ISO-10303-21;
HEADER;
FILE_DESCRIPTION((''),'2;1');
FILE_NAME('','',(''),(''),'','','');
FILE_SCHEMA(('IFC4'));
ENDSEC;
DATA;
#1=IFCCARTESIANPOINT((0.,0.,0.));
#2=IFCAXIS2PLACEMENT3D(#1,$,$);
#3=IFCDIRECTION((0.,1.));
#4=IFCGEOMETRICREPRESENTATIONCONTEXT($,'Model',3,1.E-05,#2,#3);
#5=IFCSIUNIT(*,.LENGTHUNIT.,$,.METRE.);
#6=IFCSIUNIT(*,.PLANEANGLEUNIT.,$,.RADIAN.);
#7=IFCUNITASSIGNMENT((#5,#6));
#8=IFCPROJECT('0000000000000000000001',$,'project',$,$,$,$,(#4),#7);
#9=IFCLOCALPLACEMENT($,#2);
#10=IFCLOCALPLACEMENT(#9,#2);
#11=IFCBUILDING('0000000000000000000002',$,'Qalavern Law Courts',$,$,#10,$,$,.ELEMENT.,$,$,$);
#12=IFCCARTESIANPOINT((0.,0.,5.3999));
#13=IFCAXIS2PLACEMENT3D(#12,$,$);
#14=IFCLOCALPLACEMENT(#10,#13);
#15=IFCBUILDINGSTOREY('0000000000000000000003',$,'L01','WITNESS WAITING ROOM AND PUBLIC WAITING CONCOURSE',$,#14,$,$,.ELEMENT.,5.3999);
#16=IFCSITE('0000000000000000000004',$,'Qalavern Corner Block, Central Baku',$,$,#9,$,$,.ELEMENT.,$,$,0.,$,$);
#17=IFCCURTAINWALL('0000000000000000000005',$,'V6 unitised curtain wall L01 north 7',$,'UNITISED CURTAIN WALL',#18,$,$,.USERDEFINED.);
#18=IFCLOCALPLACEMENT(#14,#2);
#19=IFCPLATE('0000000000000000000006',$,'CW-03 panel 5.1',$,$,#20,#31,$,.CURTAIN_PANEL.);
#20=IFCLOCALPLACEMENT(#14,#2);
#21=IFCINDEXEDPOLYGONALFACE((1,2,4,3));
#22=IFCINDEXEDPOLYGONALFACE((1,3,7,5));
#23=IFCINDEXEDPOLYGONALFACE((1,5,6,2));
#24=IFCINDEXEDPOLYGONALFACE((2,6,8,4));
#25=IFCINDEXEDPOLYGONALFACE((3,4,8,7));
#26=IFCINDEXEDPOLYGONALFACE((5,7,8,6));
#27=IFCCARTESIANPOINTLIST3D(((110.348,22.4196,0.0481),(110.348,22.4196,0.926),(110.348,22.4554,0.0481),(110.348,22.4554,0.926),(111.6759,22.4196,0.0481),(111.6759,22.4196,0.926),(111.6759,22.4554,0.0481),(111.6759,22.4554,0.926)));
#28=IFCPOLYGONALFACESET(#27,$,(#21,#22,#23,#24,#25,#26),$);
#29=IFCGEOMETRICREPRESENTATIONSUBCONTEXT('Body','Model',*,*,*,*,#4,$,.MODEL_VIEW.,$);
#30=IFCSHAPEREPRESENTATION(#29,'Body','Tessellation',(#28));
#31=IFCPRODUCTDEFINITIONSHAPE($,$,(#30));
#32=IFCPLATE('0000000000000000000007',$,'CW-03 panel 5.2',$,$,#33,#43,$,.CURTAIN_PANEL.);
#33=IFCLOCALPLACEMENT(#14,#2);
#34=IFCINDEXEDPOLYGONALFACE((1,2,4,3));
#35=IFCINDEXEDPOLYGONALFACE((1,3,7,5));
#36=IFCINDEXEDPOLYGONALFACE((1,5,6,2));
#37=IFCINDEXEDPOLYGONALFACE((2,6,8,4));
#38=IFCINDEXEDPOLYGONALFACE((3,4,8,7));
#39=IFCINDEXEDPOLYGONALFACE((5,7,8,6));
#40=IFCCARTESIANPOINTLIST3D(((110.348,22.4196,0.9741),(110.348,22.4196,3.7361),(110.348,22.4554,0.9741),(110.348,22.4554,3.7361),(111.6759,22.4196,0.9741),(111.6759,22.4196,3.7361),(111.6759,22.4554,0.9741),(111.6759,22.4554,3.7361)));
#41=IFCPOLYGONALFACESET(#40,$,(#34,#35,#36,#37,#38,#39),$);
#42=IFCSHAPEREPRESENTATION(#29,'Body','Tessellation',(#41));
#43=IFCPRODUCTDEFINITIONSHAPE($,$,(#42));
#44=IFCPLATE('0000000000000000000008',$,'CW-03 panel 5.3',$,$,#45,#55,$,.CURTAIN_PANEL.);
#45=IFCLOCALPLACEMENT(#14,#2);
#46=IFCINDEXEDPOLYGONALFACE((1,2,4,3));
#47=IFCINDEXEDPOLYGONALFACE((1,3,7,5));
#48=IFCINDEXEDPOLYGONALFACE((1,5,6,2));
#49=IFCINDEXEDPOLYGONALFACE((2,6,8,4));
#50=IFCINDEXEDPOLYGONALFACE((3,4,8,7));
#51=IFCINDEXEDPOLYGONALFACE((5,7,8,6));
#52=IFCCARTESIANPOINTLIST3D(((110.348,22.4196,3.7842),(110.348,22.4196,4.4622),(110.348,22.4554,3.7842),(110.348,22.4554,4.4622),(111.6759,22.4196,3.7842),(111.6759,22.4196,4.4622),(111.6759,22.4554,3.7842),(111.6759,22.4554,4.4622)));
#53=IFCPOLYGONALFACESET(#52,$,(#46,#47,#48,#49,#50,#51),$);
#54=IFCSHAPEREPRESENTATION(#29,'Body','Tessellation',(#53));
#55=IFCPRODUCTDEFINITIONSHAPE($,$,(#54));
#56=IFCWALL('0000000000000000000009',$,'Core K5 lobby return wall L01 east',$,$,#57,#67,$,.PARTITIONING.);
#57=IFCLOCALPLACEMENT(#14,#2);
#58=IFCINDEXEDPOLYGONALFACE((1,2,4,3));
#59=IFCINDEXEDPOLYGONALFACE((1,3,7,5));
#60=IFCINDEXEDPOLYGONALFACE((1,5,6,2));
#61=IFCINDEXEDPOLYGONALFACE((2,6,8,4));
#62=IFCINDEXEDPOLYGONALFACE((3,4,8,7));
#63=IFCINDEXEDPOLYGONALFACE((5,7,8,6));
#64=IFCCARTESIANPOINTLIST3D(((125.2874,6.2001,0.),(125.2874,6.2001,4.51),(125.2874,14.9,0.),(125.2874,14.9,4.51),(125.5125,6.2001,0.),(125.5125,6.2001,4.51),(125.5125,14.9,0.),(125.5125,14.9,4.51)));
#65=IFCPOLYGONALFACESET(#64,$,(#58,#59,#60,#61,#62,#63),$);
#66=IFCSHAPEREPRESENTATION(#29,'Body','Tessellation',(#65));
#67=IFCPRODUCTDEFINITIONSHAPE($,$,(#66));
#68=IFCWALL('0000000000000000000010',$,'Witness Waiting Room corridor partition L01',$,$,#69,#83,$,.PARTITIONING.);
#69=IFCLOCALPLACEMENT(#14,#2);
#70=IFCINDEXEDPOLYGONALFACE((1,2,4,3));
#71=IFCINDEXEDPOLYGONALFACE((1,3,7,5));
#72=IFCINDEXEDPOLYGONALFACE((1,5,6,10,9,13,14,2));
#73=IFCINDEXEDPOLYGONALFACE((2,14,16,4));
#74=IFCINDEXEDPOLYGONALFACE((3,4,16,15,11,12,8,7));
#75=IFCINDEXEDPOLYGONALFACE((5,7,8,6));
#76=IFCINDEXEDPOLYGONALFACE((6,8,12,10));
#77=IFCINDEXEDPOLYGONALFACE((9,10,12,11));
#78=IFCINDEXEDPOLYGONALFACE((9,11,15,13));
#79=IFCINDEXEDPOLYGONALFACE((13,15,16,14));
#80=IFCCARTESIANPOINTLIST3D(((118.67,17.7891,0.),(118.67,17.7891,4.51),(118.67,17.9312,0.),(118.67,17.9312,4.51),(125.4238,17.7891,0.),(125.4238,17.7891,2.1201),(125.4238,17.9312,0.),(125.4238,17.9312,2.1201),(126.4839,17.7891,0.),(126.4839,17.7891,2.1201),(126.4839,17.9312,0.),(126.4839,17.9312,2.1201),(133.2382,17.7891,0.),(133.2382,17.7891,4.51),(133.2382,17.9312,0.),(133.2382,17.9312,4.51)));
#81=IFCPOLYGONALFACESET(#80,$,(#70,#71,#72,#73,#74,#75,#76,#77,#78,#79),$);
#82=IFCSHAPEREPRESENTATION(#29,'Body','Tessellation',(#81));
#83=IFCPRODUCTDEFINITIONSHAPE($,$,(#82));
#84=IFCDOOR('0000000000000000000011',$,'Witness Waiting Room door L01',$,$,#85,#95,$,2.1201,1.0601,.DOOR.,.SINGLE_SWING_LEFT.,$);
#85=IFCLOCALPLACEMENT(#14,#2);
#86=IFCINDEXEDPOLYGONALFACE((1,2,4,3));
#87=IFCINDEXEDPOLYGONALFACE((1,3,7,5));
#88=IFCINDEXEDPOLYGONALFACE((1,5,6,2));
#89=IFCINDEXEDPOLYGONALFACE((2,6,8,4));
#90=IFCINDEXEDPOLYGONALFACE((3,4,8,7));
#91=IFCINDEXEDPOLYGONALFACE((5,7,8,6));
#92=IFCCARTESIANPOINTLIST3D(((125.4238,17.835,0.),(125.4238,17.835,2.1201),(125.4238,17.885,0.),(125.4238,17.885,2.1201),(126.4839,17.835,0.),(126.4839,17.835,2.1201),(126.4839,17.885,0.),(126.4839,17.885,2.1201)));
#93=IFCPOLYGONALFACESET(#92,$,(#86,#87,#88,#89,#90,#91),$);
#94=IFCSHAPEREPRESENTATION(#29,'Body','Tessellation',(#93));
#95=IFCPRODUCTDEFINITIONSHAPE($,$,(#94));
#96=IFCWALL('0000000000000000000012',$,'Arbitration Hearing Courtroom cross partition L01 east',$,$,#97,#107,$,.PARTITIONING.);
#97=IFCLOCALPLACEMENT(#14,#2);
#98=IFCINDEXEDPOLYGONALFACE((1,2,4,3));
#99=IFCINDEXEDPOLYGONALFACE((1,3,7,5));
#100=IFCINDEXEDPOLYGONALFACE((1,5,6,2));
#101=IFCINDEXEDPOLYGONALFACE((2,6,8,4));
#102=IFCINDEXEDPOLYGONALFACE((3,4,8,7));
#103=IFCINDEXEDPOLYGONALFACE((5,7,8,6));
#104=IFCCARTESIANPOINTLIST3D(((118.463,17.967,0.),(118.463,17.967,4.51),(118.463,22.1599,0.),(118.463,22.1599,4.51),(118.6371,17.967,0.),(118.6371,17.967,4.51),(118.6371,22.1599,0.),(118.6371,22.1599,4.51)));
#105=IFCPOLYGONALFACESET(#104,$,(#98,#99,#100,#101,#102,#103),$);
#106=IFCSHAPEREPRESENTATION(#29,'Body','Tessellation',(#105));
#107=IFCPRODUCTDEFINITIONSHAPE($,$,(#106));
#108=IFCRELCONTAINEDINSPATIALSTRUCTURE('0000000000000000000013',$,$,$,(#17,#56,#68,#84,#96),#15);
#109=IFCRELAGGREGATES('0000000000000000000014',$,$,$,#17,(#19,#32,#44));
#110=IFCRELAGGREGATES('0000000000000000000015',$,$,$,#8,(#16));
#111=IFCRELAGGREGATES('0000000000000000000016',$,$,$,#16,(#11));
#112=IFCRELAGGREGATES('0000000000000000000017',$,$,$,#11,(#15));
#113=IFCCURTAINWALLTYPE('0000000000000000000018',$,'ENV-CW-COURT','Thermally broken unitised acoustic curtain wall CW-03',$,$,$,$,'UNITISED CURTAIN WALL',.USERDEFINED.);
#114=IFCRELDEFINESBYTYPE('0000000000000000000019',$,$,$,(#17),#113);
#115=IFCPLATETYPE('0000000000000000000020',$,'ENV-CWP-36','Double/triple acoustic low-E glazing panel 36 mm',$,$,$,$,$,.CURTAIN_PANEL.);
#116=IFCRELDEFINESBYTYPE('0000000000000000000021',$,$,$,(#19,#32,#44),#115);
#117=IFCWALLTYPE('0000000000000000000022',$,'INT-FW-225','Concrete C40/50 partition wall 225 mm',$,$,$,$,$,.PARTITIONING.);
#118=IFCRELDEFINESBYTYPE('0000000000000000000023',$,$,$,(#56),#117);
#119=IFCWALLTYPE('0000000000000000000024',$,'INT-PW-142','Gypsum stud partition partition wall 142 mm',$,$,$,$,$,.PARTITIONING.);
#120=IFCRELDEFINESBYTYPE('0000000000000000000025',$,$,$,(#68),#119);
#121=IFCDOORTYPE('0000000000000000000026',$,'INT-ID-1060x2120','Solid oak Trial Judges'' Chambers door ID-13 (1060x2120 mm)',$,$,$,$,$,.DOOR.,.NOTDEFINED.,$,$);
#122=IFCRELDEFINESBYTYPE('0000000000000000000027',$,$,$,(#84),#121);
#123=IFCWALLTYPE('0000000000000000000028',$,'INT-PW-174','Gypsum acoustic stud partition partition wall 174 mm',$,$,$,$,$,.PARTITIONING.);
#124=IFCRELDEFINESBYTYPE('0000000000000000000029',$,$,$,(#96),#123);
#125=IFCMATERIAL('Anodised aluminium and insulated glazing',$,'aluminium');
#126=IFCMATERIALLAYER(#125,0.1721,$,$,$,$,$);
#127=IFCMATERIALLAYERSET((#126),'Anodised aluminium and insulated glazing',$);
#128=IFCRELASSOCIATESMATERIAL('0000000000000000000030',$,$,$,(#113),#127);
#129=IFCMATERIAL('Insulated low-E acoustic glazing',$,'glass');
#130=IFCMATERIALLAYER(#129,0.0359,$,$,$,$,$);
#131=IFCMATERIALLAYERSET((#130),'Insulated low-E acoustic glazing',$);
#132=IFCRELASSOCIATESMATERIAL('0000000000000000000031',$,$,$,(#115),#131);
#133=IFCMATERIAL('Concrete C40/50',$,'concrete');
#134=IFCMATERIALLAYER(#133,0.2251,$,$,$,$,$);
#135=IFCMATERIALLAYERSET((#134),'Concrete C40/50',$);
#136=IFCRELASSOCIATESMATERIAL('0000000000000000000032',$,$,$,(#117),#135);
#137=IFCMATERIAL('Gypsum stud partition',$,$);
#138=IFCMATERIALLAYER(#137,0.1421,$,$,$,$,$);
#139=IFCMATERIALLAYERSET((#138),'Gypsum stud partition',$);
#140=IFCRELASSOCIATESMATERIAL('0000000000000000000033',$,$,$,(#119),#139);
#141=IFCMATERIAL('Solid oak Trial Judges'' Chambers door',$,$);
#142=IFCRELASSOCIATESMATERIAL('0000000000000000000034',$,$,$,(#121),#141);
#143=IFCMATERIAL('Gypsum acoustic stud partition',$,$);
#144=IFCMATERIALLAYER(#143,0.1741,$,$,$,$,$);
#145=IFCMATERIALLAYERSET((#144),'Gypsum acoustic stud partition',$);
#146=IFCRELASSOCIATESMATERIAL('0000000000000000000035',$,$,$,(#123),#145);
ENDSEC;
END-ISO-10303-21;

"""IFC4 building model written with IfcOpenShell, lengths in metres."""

from ifc_helpers import new_model, si_unit, direction, frame, frame_2d, origin, origin_2d, place, context, subcontext, project, spatial, rectangle, extrude, material, layer, layer_set, type_object, element, fill, aggregate, save


model = new_model("IFC4")

# Units and contexts
model_context = context("Model", 3, precision=1e-05, world=origin(), true_north=direction((0.0, 1.0)))
body_context = subcontext(model_context, "Body", "Model", "MODEL_VIEW")
ifc_project = project(units=[si_unit("LENGTHUNIT", "METRE"), si_unit("PLANEANGLEUNIT", "RADIAN")], contexts=[model_context])

# Site, building, storey
site_placement = place(None, origin())
site = spatial("IfcSite", under=ifc_project, at=site_placement, Name="Qalavern Corner Block, Central Baku", CompositionType="ELEMENT", RefElevation=0.0)
building_placement = place(site_placement, origin())
building = spatial("IfcBuilding", under=site, at=building_placement, Name="Qalavern Law Courts", CompositionType="ELEMENT")
storey_placement = place(building_placement, frame((0.0, 0.0, 5.3999)))
storey = spatial("IfcBuildingStorey", under=building, at=storey_placement, Name="L01", Description="WITNESS WAITING ROOM AND PUBLIC WAITING CONCOURSE", CompositionType="ELEMENT", Elevation=5.3999)

# Curtain wall
ifc_material_1 = material(Name="Anodised aluminium and insulated glazing", Category="aluminium")
ifc_layer_1 = layer(ifc_material_1, 0.1721)
ifc_layer_set_1 = layer_set([ifc_layer_1], Name="Anodised aluminium and insulated glazing")
curtain_wall_type = type_object("IfcCurtainWallType", Name="ENV-CW-COURT", Description="Thermally broken unitised acoustic curtain wall CW-03", ElementType="UNITISED CURTAIN WALL", PredefinedType="USERDEFINED", material=ifc_layer_set_1)
curtain_wall_placement = place(storey_placement, origin())
curtain_wall = element("IfcCurtainWall", 1, at=curtain_wall_placement, inside=storey, type_object=curtain_wall_type, Name="V6 unitised curtain wall L01 north 7", ObjectType="UNITISED CURTAIN WALL", PredefinedType="USERDEFINED")

# Shared definitions
ifc_material_2 = material(Name="Concrete C40/50", Category="concrete")

# Plates
ifc_material_3 = material(Name="Insulated low-E acoustic glazing", Category="glass")
ifc_layer_2 = layer(ifc_material_3, 0.0359)
ifc_layer_set_2 = layer_set([ifc_layer_2], Name="Insulated low-E acoustic glazing")
plate_type = type_object("IfcPlateType", Name="ENV-CWP-36", Description="Double/triple acoustic low-E glazing panel 36 mm", PredefinedType="CURTAIN_PANEL", material=ifc_layer_set_2)
plate_1_placement = place(storey_placement, frame((111.012, 22.4375, 0.0481), z_axis=(0.0, 0.0, 1.0), x_axis=(-1.0, 0.0, 0.0)))
plate_1 = element("IfcPlate", 2, at=plate_1_placement, type_object=plate_type, Name="CW-03 panel 5.1", PredefinedType="CURTAIN_PANEL", context=body_context, shape_type="SweptSolid", body=[
    extrude(rectangle(XDim=1.3279, YDim=0.0359, at=origin_2d()), origin(), (0.0, 0.0, 1.0), 0.8779),
])
plate_2_placement = place(storey_placement, frame((111.012, 22.4375, 0.9741), z_axis=(0.0, 0.0, 1.0), x_axis=(-1.0, 0.0, 0.0)))
plate_2 = element("IfcPlate", 3, at=plate_2_placement, type_object=plate_type, Name="CW-03 panel 5.2", PredefinedType="CURTAIN_PANEL", context=body_context, shape_type="SweptSolid", body=[
    extrude(rectangle(XDim=1.3279, YDim=0.0359, at=origin_2d()), origin(), (0.0, 0.0, 1.0), 2.762),
])
plate_3_placement = place(storey_placement, frame((111.012, 22.4375, 3.7842), z_axis=(0.0, 0.0, 1.0), x_axis=(-1.0, 0.0, 0.0)))
plate_3 = element("IfcPlate", 4, at=plate_3_placement, type_object=plate_type, Name="CW-03 panel 5.3", PredefinedType="CURTAIN_PANEL", context=body_context, shape_type="SweptSolid", body=[
    extrude(rectangle(XDim=1.3279, YDim=0.0359, at=origin_2d()), origin(), (0.0, 0.0, 1.0), 0.678),
])
aggregate(curtain_wall, [plate_1, plate_2, plate_3])

# Shared definitions
ifc_layer_3 = layer(ifc_material_2, 0.2251)
ifc_layer_set_3 = layer_set([ifc_layer_3], Name="Concrete C40/50")
wall_type_1 = type_object("IfcWallType", Name="INT-FW-225", Description="Concrete C40/50 partition wall 225 mm", PredefinedType="PARTITIONING", material=ifc_layer_set_3)

# Wall
wall_1_placement = place(storey_placement, frame((125.3999, 6.2, 0.0), z_axis=(0.0, 0.0, 1.0), x_axis=(0.0, 1.0, 0.0)))
element("IfcWall", 5, at=wall_1_placement, inside=storey, type_object=wall_type_1, Name="Core K5 lobby return wall L01 east", PredefinedType="PARTITIONING", context=body_context, shape_type="SweptSolid", body=[
    extrude(rectangle(XDim=8.7, YDim=0.2251, at=frame_2d((4.3501, 0.0))), origin(), (0.0, 0.0, 1.0), 4.51),
])

# Wall, opening, door
ifc_material_4 = material(Name="Gypsum stud partition")
ifc_layer_4 = layer(ifc_material_4, 0.1421)
ifc_layer_set_4 = layer_set([ifc_layer_4], Name="Gypsum stud partition")
wall_type_2 = type_object("IfcWallType", Name="INT-PW-142", Description="Gypsum stud partition partition wall 142 mm", PredefinedType="PARTITIONING", material=ifc_layer_set_4)
wall_2_placement = place(storey_placement, frame((118.6699, 17.8601, 0.0), z_axis=(0.0, 0.0, 1.0), x_axis=(1.0, 0.0, 0.0)))
wall_2 = element("IfcWall", 6, at=wall_2_placement, inside=storey, type_object=wall_type_2, Name="Witness Waiting Room corridor partition L01", PredefinedType="PARTITIONING", context=body_context, shape_type="SweptSolid", body=[
    extrude(rectangle(XDim=14.5681, YDim=0.1421, at=frame_2d((7.2842, 0.0))), origin(), (0.0, 0.0, 1.0), 4.51),
])
opening_1_placement = place(wall_2_placement, frame((6.7539, 0.0, 0.0)))
opening_1 = element("IfcOpeningElement", 7, at=opening_1_placement, cuts=wall_2, PredefinedType="OPENING", context=body_context, shape_type="SweptSolid", body=[
    extrude(rectangle(XDim=1.0601, YDim=2.1201, at=frame_2d((0.53, 1.0601))), frame((0.0, 0.0859, 0.0), z_axis=(0.0, -1.0, 0.0), x_axis=(1.0, 0.0, 0.0)), (0.0, 0.0, 1.0), 0.1719),
])
ifc_material_5 = material(Name="Solid oak Trial Judges' Chambers door")
door_type_1 = type_object("IfcDoorType", Name="INT-ID-1060x2120", Description="Solid oak Trial Judges' Chambers door ID-13 (1060x2120 mm)", OperationType="NOTDEFINED", PredefinedType="DOOR", material=ifc_material_5)
door_1_placement = place(opening_1_placement, origin())
door_1 = element("IfcDoor", 8, at=door_1_placement, inside=storey, type_object=door_type_1, Name="Witness Waiting Room door L01", OperationType="SINGLE_SWING_LEFT", OverallHeight=2.1201, OverallWidth=1.0601, PredefinedType="DOOR", context=body_context, shape_type="SweptSolid", body=[
    extrude(rectangle(XDim=1.0601, YDim=2.1201, at=frame_2d((0.53, 1.0601))), frame((0.0, 0.0249, 0.0), z_axis=(0.0, -1.0, 0.0), x_axis=(1.0, 0.0, 0.0)), (0.0, 0.0, 1.0), 0.05),
])
fill(opening_1, door_1)

# Wall
ifc_material_6 = material(Name="Gypsum acoustic stud partition")
ifc_layer_5 = layer(ifc_material_6, 0.1741)
ifc_layer_set_5 = layer_set([ifc_layer_5], Name="Gypsum acoustic stud partition")
wall_type_3 = type_object("IfcWallType", Name="INT-PW-174", Description="Gypsum acoustic stud partition partition wall 174 mm", PredefinedType="PARTITIONING", material=ifc_layer_set_5)
wall_3_placement = place(storey_placement, frame((118.55, 17.967, 0.0), z_axis=(0.0, 0.0, 1.0), x_axis=(0.0, 1.0, 0.0)))
element("IfcWall", 9, at=wall_3_placement, inside=storey, type_object=wall_type_3, Name="Arbitration Hearing Courtroom cross partition L01 east", PredefinedType="PARTITIONING", context=body_context, shape_type="SweptSolid", body=[
    extrude(rectangle(XDim=4.1929, YDim=0.1741, at=frame_2d((2.0964, 0.0))), origin(), (0.0, 0.0, 1.0), 4.51),
])

save(model, "model.ifc")
